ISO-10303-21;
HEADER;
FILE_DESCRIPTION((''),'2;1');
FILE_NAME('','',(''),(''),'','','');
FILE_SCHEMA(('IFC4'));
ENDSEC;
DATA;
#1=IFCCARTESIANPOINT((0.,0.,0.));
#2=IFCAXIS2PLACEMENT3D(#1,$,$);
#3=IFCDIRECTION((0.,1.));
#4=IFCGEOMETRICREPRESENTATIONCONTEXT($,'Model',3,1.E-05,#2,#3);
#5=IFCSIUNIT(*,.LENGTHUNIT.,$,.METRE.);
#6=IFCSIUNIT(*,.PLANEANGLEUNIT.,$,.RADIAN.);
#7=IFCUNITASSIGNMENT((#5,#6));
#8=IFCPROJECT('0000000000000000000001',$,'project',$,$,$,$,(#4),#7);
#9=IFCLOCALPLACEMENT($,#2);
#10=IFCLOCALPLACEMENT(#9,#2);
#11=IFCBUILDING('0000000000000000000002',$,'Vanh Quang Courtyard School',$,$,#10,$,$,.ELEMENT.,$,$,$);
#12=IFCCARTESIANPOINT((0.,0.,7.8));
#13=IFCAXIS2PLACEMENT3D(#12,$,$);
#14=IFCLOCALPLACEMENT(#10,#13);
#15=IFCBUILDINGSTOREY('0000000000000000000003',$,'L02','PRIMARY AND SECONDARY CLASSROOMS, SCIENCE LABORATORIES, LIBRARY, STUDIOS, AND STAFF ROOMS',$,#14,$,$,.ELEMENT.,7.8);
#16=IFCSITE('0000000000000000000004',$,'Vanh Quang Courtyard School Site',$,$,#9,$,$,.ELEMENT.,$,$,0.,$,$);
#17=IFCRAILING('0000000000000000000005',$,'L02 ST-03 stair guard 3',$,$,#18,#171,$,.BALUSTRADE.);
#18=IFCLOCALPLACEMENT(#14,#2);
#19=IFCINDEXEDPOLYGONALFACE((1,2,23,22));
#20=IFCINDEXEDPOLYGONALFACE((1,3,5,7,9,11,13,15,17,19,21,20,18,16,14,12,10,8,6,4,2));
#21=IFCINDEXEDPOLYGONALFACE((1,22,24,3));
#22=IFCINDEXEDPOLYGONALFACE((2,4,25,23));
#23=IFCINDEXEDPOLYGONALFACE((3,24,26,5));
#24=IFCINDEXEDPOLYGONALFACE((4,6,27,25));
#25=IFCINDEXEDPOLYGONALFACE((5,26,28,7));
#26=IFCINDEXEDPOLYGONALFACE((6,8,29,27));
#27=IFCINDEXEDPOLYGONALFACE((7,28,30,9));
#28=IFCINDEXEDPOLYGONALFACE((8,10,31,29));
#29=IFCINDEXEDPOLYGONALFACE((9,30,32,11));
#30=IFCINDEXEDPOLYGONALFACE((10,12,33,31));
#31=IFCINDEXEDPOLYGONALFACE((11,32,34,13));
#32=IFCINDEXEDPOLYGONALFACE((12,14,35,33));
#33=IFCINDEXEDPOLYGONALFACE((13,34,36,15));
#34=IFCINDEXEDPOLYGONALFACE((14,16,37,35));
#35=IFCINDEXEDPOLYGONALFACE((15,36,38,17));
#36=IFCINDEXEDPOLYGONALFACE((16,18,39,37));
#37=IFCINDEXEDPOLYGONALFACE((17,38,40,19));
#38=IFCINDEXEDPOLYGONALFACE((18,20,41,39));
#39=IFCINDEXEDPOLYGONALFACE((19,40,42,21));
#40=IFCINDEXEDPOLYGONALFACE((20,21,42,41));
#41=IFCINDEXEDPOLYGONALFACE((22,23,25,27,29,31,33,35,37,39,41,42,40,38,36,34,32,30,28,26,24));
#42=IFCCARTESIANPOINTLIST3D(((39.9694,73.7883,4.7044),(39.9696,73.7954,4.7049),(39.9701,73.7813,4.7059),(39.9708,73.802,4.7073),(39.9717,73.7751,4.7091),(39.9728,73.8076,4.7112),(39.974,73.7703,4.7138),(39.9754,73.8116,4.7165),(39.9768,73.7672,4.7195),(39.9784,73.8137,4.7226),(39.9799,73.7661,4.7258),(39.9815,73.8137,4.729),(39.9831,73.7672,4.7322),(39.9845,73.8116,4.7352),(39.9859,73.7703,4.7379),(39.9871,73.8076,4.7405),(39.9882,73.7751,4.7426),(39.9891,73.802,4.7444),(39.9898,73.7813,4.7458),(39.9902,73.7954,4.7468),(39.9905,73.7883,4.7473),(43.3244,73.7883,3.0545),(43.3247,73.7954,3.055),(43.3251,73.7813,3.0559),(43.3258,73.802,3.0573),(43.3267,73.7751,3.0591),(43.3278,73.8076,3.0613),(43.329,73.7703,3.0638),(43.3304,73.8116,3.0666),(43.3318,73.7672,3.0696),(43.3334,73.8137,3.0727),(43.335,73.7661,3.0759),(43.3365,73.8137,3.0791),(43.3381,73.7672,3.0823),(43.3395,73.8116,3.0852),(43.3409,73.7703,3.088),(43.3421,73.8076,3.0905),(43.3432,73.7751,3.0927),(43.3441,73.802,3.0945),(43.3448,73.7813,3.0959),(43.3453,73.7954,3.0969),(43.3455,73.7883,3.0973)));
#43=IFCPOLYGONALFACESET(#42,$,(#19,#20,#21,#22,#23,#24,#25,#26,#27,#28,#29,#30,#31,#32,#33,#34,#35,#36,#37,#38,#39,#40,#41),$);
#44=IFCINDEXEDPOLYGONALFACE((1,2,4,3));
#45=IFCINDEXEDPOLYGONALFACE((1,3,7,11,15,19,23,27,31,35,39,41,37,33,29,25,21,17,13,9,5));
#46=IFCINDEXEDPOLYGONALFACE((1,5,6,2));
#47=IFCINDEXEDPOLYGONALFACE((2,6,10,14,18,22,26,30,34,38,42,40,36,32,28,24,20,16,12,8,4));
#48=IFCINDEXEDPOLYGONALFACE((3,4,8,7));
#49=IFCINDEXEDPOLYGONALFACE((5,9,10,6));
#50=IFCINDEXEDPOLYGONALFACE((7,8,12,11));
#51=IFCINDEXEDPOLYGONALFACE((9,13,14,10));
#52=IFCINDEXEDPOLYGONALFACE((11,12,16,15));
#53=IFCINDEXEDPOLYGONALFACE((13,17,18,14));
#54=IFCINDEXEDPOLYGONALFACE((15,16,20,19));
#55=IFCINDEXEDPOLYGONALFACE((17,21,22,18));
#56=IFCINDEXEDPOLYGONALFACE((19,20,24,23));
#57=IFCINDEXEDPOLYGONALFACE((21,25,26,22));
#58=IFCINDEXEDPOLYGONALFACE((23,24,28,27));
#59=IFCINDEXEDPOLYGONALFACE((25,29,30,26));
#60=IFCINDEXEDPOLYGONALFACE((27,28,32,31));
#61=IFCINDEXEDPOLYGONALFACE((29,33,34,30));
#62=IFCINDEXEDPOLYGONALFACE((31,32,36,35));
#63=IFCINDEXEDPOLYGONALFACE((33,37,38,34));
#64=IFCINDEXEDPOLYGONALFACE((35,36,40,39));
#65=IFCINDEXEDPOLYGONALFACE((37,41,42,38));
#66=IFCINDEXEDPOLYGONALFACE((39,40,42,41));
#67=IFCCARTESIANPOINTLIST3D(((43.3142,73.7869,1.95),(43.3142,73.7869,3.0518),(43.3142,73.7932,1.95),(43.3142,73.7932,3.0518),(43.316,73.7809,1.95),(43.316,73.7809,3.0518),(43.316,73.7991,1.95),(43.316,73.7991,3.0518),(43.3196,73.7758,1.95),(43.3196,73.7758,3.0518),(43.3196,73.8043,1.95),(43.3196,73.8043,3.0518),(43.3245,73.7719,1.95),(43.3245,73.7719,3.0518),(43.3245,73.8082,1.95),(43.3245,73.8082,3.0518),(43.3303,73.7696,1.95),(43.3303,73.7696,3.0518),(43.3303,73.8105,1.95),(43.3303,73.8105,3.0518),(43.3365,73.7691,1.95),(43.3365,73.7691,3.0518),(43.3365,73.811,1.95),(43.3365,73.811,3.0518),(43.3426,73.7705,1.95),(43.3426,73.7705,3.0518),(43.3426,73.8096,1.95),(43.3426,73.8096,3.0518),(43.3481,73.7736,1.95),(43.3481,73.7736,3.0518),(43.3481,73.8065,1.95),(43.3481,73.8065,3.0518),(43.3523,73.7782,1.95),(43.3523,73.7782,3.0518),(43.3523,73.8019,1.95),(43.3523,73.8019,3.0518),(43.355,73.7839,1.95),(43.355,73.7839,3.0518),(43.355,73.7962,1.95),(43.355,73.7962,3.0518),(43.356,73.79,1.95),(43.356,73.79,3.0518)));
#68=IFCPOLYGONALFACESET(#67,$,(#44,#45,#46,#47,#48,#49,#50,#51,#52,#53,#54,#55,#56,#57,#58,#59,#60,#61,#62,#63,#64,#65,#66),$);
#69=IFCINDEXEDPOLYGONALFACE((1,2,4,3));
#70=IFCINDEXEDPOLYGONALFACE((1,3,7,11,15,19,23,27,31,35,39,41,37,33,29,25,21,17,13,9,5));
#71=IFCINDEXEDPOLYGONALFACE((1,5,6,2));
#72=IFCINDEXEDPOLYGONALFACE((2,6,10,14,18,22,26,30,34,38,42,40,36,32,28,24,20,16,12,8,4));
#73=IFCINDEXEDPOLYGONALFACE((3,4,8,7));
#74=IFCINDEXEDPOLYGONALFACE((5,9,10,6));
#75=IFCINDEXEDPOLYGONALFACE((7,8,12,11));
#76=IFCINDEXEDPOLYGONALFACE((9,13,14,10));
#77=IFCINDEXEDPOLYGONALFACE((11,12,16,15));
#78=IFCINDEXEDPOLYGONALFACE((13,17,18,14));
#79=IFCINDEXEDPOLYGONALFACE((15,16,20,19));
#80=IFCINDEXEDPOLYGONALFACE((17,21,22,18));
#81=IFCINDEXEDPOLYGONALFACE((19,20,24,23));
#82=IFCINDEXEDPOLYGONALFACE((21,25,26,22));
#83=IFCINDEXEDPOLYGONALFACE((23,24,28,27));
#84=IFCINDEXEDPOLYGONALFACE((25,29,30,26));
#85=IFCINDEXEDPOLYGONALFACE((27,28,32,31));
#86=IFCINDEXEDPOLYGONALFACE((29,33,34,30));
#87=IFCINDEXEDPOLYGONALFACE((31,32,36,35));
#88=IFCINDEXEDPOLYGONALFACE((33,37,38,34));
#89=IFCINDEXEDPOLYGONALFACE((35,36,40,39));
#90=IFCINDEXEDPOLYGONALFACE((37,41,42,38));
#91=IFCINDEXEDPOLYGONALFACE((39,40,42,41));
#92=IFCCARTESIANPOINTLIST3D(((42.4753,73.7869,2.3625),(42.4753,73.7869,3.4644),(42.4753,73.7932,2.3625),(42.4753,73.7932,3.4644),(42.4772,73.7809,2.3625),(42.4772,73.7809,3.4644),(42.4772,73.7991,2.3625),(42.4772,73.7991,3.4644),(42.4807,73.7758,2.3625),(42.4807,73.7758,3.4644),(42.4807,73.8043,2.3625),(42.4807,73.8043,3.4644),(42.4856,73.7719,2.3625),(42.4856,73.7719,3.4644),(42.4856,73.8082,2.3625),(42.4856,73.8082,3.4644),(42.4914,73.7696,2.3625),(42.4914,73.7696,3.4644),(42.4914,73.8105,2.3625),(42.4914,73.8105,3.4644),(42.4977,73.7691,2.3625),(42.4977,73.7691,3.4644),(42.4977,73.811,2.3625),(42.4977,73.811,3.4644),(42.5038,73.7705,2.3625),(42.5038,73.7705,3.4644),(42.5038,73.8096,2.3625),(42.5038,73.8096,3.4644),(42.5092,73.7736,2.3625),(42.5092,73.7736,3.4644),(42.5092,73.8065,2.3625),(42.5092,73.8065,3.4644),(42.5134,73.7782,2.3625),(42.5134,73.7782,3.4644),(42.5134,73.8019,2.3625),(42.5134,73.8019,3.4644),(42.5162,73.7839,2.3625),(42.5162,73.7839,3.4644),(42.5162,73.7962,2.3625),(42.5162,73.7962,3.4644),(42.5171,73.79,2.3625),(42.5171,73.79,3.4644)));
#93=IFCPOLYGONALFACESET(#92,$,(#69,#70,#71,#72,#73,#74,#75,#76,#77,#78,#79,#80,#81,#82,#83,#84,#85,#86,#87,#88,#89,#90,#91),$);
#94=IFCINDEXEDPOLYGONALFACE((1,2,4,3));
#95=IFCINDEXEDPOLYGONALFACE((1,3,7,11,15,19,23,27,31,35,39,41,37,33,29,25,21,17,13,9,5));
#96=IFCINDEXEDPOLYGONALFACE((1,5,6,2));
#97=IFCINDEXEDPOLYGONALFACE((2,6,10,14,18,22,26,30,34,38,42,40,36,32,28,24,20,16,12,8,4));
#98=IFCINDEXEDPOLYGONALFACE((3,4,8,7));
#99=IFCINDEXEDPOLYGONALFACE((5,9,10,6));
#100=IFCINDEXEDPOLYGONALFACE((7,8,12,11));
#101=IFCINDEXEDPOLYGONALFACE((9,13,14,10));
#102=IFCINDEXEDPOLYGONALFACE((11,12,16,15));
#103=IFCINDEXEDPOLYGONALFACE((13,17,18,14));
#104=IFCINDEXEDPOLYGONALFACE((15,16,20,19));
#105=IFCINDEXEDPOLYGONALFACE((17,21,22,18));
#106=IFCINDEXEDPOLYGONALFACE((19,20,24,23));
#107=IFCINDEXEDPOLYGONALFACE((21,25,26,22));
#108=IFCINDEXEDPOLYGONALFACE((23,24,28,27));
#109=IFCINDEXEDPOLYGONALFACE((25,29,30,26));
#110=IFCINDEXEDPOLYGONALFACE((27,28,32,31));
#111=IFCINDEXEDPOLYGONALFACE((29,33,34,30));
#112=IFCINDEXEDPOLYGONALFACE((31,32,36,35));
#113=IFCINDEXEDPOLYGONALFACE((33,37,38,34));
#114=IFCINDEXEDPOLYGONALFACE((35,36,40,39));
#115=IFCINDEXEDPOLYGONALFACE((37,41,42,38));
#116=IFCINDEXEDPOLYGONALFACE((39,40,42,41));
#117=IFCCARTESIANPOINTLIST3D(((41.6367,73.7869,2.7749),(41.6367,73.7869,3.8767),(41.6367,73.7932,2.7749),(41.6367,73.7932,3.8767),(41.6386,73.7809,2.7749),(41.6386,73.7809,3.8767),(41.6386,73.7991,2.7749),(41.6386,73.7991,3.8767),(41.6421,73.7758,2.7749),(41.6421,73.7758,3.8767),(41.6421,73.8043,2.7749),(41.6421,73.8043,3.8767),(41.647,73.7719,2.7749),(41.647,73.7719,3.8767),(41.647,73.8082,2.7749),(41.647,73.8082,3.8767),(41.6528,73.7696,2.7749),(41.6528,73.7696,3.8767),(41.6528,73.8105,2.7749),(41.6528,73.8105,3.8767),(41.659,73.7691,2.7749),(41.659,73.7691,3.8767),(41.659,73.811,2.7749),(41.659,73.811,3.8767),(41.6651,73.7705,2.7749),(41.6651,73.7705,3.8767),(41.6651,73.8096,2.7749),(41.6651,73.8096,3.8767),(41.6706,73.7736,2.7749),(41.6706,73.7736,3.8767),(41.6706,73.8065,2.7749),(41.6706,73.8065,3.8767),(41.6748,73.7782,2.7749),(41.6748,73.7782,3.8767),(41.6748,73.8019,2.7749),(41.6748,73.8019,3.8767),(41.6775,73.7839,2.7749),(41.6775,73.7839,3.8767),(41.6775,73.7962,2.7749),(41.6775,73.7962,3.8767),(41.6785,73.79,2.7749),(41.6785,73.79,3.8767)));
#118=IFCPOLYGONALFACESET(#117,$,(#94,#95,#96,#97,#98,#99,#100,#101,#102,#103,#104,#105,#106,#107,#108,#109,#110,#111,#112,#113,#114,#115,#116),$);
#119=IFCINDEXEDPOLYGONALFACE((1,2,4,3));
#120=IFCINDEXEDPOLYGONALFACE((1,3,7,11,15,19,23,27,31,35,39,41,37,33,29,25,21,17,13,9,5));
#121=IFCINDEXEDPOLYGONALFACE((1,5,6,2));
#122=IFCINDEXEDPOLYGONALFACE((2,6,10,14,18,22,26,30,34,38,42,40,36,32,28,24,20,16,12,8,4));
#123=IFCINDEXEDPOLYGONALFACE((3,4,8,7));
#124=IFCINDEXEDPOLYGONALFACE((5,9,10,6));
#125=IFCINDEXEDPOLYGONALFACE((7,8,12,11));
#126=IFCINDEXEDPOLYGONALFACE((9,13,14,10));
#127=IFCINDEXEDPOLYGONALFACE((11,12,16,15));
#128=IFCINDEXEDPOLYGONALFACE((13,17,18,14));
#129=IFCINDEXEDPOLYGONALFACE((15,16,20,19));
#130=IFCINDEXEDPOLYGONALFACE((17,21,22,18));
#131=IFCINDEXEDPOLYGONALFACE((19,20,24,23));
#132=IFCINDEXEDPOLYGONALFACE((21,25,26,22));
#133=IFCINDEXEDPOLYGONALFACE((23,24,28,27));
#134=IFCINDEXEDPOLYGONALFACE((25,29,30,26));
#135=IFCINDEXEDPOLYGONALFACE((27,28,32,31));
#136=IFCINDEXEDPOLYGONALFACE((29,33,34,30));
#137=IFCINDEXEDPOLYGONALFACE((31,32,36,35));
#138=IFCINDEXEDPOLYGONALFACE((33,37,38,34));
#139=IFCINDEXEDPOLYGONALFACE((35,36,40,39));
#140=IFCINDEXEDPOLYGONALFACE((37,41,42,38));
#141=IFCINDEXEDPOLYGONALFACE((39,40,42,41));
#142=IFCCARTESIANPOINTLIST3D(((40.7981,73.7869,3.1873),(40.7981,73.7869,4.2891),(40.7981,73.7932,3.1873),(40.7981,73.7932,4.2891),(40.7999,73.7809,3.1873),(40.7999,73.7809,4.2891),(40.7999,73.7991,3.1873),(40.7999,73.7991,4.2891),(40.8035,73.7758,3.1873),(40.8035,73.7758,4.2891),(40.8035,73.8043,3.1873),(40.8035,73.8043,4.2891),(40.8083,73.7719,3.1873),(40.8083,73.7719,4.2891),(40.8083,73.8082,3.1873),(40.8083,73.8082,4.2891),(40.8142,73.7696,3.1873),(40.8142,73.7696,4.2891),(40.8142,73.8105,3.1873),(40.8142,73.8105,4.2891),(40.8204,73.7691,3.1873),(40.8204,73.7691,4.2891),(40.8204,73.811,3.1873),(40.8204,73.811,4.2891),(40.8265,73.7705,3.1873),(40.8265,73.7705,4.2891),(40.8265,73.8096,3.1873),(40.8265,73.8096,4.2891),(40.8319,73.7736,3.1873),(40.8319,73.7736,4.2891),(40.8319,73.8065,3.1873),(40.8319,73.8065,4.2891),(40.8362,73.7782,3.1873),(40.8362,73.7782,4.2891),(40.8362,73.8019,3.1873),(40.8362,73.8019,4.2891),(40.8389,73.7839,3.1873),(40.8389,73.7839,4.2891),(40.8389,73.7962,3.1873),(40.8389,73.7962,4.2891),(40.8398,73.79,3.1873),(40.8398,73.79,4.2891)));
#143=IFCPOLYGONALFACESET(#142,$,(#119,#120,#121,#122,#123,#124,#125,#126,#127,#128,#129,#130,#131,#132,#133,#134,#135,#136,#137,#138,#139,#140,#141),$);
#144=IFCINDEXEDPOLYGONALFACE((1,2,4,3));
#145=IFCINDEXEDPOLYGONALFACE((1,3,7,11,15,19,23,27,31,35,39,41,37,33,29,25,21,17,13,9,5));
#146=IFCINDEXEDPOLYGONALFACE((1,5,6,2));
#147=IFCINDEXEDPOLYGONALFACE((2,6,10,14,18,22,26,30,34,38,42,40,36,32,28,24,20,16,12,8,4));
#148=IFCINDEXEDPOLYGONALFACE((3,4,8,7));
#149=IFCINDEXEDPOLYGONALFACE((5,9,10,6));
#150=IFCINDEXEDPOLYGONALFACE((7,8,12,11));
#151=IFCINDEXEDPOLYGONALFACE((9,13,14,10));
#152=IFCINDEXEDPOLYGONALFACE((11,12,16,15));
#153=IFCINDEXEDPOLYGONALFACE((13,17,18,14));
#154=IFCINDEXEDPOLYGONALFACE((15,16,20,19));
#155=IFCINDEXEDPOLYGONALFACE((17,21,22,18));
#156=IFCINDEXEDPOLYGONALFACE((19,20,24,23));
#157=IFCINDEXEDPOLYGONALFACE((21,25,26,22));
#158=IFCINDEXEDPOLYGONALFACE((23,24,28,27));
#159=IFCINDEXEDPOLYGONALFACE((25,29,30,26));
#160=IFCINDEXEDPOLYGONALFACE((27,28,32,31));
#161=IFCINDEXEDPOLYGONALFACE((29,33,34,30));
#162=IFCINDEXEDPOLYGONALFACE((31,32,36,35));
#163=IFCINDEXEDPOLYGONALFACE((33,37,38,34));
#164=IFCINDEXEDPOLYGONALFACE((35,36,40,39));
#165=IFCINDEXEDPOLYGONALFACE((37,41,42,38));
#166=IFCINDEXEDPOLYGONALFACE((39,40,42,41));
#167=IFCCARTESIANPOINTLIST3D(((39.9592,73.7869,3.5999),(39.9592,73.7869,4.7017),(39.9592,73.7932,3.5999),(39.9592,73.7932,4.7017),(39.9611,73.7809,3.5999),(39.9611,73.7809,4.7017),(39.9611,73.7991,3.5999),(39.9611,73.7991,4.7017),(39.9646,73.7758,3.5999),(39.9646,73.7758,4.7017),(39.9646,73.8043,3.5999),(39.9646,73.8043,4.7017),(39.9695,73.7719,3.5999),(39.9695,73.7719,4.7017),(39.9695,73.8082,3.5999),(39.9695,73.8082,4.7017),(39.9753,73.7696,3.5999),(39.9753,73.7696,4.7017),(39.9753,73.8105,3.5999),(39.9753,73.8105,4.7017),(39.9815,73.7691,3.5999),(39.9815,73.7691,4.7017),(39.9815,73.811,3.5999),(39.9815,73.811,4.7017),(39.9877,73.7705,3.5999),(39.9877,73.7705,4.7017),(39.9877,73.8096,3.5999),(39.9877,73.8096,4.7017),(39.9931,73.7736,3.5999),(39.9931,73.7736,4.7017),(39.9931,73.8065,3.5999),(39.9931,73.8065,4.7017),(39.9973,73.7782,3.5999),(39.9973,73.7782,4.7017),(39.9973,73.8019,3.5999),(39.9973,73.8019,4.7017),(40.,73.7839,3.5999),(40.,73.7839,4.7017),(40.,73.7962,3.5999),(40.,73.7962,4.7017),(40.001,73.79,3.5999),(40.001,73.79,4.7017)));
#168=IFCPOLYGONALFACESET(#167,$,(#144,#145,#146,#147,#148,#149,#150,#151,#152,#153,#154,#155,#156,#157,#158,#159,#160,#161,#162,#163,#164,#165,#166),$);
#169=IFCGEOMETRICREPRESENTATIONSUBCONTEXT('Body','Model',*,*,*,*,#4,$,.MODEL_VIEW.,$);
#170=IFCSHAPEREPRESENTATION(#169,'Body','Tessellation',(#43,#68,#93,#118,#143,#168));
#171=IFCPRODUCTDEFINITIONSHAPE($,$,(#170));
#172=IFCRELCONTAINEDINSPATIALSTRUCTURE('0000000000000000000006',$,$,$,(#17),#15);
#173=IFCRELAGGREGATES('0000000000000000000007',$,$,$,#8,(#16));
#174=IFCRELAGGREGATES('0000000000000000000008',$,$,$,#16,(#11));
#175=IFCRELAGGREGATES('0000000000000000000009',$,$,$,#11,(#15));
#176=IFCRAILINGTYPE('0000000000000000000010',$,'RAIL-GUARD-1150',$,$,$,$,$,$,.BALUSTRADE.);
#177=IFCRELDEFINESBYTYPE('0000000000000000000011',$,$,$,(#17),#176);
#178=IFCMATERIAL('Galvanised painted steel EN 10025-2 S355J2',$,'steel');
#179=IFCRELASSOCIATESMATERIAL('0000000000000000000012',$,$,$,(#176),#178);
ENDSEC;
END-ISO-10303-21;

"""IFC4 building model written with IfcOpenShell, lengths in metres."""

from ifc_helpers import new_model, si_unit, direction, frame, origin, origin_2d, place, context, subcontext, project, spatial, circle, extrude, material, type_object, element, save


model = new_model("IFC4")

# Units and contexts
model_context = context("Model", 3, precision=1e-05, world=origin(), true_north=direction((0.0, 1.0)))
body_context = subcontext(model_context, "Body", "Model", "MODEL_VIEW")
ifc_project = project(units=[si_unit("LENGTHUNIT", "METRE"), si_unit("PLANEANGLEUNIT", "RADIAN")], contexts=[model_context])

# Site, building, storey
site_placement = place(None, origin())
site = spatial("IfcSite", under=ifc_project, at=site_placement, Name="Vanh Quang Courtyard School Site", CompositionType="ELEMENT", RefElevation=0.0)
building_placement = place(site_placement, origin())
building = spatial("IfcBuilding", under=site, at=building_placement, Name="Vanh Quang Courtyard School", CompositionType="ELEMENT")
storey_placement = place(building_placement, frame((0.0, 0.0, 7.8)))
storey = spatial("IfcBuildingStorey", under=building, at=storey_placement, Name="L02", Description="PRIMARY AND SECONDARY CLASSROOMS, SCIENCE LABORATORIES, LIBRARY, STUDIOS, AND STAFF ROOMS", CompositionType="ELEMENT", Elevation=7.8)

# Railing
ifc_material_1 = material(Name="Galvanised painted steel EN 10025-2 S355J2", Category="steel")
railing_type_1 = type_object("IfcRailingType", Name="RAIL-GUARD-1150", PredefinedType="BALUSTRADE", material=ifc_material_1)
railing_1_placement = place(storey_placement, frame((43.335, 73.79, 1.95)))
element("IfcRailing", 1, at=railing_1_placement, inside=storey, type_object=railing_type_1, Name="L02 ST-03 stair guard 3", PredefinedType="BALUSTRADE", context=body_context, shape_type="SweptSolid", body=[
    extrude(circle(Radius=0.0239, at=origin_2d()), frame((0.0, 0.0, 1.126), z_axis=(-0.897359, 0.0, 0.441301), x_axis=(0.0, -1.0, 0.0)), (0.0, 0.0, 1.0), 3.7388),
    extrude(circle(Radius=0.021, at=origin_2d()), origin(), (0.0, 0.0, 1.0), 1.1018),
    extrude(circle(Radius=0.021, at=origin_2d()), frame((-0.8389, 0.0, 0.4126)), (0.0, 0.0, 1.0), 1.1018),
    extrude(circle(Radius=0.021, at=origin_2d()), frame((-1.6775, 0.0, 0.825)), (0.0, 0.0, 1.0), 1.1018),
    extrude(circle(Radius=0.021, at=origin_2d()), frame((-2.5161, 0.0, 1.2373)), (0.0, 0.0, 1.0), 1.1018),
    extrude(circle(Radius=0.021, at=origin_2d()), frame((-3.355, 0.0, 1.6499)), (0.0, 0.0, 1.0), 1.1018),
])

save(model, "model.ifc")
